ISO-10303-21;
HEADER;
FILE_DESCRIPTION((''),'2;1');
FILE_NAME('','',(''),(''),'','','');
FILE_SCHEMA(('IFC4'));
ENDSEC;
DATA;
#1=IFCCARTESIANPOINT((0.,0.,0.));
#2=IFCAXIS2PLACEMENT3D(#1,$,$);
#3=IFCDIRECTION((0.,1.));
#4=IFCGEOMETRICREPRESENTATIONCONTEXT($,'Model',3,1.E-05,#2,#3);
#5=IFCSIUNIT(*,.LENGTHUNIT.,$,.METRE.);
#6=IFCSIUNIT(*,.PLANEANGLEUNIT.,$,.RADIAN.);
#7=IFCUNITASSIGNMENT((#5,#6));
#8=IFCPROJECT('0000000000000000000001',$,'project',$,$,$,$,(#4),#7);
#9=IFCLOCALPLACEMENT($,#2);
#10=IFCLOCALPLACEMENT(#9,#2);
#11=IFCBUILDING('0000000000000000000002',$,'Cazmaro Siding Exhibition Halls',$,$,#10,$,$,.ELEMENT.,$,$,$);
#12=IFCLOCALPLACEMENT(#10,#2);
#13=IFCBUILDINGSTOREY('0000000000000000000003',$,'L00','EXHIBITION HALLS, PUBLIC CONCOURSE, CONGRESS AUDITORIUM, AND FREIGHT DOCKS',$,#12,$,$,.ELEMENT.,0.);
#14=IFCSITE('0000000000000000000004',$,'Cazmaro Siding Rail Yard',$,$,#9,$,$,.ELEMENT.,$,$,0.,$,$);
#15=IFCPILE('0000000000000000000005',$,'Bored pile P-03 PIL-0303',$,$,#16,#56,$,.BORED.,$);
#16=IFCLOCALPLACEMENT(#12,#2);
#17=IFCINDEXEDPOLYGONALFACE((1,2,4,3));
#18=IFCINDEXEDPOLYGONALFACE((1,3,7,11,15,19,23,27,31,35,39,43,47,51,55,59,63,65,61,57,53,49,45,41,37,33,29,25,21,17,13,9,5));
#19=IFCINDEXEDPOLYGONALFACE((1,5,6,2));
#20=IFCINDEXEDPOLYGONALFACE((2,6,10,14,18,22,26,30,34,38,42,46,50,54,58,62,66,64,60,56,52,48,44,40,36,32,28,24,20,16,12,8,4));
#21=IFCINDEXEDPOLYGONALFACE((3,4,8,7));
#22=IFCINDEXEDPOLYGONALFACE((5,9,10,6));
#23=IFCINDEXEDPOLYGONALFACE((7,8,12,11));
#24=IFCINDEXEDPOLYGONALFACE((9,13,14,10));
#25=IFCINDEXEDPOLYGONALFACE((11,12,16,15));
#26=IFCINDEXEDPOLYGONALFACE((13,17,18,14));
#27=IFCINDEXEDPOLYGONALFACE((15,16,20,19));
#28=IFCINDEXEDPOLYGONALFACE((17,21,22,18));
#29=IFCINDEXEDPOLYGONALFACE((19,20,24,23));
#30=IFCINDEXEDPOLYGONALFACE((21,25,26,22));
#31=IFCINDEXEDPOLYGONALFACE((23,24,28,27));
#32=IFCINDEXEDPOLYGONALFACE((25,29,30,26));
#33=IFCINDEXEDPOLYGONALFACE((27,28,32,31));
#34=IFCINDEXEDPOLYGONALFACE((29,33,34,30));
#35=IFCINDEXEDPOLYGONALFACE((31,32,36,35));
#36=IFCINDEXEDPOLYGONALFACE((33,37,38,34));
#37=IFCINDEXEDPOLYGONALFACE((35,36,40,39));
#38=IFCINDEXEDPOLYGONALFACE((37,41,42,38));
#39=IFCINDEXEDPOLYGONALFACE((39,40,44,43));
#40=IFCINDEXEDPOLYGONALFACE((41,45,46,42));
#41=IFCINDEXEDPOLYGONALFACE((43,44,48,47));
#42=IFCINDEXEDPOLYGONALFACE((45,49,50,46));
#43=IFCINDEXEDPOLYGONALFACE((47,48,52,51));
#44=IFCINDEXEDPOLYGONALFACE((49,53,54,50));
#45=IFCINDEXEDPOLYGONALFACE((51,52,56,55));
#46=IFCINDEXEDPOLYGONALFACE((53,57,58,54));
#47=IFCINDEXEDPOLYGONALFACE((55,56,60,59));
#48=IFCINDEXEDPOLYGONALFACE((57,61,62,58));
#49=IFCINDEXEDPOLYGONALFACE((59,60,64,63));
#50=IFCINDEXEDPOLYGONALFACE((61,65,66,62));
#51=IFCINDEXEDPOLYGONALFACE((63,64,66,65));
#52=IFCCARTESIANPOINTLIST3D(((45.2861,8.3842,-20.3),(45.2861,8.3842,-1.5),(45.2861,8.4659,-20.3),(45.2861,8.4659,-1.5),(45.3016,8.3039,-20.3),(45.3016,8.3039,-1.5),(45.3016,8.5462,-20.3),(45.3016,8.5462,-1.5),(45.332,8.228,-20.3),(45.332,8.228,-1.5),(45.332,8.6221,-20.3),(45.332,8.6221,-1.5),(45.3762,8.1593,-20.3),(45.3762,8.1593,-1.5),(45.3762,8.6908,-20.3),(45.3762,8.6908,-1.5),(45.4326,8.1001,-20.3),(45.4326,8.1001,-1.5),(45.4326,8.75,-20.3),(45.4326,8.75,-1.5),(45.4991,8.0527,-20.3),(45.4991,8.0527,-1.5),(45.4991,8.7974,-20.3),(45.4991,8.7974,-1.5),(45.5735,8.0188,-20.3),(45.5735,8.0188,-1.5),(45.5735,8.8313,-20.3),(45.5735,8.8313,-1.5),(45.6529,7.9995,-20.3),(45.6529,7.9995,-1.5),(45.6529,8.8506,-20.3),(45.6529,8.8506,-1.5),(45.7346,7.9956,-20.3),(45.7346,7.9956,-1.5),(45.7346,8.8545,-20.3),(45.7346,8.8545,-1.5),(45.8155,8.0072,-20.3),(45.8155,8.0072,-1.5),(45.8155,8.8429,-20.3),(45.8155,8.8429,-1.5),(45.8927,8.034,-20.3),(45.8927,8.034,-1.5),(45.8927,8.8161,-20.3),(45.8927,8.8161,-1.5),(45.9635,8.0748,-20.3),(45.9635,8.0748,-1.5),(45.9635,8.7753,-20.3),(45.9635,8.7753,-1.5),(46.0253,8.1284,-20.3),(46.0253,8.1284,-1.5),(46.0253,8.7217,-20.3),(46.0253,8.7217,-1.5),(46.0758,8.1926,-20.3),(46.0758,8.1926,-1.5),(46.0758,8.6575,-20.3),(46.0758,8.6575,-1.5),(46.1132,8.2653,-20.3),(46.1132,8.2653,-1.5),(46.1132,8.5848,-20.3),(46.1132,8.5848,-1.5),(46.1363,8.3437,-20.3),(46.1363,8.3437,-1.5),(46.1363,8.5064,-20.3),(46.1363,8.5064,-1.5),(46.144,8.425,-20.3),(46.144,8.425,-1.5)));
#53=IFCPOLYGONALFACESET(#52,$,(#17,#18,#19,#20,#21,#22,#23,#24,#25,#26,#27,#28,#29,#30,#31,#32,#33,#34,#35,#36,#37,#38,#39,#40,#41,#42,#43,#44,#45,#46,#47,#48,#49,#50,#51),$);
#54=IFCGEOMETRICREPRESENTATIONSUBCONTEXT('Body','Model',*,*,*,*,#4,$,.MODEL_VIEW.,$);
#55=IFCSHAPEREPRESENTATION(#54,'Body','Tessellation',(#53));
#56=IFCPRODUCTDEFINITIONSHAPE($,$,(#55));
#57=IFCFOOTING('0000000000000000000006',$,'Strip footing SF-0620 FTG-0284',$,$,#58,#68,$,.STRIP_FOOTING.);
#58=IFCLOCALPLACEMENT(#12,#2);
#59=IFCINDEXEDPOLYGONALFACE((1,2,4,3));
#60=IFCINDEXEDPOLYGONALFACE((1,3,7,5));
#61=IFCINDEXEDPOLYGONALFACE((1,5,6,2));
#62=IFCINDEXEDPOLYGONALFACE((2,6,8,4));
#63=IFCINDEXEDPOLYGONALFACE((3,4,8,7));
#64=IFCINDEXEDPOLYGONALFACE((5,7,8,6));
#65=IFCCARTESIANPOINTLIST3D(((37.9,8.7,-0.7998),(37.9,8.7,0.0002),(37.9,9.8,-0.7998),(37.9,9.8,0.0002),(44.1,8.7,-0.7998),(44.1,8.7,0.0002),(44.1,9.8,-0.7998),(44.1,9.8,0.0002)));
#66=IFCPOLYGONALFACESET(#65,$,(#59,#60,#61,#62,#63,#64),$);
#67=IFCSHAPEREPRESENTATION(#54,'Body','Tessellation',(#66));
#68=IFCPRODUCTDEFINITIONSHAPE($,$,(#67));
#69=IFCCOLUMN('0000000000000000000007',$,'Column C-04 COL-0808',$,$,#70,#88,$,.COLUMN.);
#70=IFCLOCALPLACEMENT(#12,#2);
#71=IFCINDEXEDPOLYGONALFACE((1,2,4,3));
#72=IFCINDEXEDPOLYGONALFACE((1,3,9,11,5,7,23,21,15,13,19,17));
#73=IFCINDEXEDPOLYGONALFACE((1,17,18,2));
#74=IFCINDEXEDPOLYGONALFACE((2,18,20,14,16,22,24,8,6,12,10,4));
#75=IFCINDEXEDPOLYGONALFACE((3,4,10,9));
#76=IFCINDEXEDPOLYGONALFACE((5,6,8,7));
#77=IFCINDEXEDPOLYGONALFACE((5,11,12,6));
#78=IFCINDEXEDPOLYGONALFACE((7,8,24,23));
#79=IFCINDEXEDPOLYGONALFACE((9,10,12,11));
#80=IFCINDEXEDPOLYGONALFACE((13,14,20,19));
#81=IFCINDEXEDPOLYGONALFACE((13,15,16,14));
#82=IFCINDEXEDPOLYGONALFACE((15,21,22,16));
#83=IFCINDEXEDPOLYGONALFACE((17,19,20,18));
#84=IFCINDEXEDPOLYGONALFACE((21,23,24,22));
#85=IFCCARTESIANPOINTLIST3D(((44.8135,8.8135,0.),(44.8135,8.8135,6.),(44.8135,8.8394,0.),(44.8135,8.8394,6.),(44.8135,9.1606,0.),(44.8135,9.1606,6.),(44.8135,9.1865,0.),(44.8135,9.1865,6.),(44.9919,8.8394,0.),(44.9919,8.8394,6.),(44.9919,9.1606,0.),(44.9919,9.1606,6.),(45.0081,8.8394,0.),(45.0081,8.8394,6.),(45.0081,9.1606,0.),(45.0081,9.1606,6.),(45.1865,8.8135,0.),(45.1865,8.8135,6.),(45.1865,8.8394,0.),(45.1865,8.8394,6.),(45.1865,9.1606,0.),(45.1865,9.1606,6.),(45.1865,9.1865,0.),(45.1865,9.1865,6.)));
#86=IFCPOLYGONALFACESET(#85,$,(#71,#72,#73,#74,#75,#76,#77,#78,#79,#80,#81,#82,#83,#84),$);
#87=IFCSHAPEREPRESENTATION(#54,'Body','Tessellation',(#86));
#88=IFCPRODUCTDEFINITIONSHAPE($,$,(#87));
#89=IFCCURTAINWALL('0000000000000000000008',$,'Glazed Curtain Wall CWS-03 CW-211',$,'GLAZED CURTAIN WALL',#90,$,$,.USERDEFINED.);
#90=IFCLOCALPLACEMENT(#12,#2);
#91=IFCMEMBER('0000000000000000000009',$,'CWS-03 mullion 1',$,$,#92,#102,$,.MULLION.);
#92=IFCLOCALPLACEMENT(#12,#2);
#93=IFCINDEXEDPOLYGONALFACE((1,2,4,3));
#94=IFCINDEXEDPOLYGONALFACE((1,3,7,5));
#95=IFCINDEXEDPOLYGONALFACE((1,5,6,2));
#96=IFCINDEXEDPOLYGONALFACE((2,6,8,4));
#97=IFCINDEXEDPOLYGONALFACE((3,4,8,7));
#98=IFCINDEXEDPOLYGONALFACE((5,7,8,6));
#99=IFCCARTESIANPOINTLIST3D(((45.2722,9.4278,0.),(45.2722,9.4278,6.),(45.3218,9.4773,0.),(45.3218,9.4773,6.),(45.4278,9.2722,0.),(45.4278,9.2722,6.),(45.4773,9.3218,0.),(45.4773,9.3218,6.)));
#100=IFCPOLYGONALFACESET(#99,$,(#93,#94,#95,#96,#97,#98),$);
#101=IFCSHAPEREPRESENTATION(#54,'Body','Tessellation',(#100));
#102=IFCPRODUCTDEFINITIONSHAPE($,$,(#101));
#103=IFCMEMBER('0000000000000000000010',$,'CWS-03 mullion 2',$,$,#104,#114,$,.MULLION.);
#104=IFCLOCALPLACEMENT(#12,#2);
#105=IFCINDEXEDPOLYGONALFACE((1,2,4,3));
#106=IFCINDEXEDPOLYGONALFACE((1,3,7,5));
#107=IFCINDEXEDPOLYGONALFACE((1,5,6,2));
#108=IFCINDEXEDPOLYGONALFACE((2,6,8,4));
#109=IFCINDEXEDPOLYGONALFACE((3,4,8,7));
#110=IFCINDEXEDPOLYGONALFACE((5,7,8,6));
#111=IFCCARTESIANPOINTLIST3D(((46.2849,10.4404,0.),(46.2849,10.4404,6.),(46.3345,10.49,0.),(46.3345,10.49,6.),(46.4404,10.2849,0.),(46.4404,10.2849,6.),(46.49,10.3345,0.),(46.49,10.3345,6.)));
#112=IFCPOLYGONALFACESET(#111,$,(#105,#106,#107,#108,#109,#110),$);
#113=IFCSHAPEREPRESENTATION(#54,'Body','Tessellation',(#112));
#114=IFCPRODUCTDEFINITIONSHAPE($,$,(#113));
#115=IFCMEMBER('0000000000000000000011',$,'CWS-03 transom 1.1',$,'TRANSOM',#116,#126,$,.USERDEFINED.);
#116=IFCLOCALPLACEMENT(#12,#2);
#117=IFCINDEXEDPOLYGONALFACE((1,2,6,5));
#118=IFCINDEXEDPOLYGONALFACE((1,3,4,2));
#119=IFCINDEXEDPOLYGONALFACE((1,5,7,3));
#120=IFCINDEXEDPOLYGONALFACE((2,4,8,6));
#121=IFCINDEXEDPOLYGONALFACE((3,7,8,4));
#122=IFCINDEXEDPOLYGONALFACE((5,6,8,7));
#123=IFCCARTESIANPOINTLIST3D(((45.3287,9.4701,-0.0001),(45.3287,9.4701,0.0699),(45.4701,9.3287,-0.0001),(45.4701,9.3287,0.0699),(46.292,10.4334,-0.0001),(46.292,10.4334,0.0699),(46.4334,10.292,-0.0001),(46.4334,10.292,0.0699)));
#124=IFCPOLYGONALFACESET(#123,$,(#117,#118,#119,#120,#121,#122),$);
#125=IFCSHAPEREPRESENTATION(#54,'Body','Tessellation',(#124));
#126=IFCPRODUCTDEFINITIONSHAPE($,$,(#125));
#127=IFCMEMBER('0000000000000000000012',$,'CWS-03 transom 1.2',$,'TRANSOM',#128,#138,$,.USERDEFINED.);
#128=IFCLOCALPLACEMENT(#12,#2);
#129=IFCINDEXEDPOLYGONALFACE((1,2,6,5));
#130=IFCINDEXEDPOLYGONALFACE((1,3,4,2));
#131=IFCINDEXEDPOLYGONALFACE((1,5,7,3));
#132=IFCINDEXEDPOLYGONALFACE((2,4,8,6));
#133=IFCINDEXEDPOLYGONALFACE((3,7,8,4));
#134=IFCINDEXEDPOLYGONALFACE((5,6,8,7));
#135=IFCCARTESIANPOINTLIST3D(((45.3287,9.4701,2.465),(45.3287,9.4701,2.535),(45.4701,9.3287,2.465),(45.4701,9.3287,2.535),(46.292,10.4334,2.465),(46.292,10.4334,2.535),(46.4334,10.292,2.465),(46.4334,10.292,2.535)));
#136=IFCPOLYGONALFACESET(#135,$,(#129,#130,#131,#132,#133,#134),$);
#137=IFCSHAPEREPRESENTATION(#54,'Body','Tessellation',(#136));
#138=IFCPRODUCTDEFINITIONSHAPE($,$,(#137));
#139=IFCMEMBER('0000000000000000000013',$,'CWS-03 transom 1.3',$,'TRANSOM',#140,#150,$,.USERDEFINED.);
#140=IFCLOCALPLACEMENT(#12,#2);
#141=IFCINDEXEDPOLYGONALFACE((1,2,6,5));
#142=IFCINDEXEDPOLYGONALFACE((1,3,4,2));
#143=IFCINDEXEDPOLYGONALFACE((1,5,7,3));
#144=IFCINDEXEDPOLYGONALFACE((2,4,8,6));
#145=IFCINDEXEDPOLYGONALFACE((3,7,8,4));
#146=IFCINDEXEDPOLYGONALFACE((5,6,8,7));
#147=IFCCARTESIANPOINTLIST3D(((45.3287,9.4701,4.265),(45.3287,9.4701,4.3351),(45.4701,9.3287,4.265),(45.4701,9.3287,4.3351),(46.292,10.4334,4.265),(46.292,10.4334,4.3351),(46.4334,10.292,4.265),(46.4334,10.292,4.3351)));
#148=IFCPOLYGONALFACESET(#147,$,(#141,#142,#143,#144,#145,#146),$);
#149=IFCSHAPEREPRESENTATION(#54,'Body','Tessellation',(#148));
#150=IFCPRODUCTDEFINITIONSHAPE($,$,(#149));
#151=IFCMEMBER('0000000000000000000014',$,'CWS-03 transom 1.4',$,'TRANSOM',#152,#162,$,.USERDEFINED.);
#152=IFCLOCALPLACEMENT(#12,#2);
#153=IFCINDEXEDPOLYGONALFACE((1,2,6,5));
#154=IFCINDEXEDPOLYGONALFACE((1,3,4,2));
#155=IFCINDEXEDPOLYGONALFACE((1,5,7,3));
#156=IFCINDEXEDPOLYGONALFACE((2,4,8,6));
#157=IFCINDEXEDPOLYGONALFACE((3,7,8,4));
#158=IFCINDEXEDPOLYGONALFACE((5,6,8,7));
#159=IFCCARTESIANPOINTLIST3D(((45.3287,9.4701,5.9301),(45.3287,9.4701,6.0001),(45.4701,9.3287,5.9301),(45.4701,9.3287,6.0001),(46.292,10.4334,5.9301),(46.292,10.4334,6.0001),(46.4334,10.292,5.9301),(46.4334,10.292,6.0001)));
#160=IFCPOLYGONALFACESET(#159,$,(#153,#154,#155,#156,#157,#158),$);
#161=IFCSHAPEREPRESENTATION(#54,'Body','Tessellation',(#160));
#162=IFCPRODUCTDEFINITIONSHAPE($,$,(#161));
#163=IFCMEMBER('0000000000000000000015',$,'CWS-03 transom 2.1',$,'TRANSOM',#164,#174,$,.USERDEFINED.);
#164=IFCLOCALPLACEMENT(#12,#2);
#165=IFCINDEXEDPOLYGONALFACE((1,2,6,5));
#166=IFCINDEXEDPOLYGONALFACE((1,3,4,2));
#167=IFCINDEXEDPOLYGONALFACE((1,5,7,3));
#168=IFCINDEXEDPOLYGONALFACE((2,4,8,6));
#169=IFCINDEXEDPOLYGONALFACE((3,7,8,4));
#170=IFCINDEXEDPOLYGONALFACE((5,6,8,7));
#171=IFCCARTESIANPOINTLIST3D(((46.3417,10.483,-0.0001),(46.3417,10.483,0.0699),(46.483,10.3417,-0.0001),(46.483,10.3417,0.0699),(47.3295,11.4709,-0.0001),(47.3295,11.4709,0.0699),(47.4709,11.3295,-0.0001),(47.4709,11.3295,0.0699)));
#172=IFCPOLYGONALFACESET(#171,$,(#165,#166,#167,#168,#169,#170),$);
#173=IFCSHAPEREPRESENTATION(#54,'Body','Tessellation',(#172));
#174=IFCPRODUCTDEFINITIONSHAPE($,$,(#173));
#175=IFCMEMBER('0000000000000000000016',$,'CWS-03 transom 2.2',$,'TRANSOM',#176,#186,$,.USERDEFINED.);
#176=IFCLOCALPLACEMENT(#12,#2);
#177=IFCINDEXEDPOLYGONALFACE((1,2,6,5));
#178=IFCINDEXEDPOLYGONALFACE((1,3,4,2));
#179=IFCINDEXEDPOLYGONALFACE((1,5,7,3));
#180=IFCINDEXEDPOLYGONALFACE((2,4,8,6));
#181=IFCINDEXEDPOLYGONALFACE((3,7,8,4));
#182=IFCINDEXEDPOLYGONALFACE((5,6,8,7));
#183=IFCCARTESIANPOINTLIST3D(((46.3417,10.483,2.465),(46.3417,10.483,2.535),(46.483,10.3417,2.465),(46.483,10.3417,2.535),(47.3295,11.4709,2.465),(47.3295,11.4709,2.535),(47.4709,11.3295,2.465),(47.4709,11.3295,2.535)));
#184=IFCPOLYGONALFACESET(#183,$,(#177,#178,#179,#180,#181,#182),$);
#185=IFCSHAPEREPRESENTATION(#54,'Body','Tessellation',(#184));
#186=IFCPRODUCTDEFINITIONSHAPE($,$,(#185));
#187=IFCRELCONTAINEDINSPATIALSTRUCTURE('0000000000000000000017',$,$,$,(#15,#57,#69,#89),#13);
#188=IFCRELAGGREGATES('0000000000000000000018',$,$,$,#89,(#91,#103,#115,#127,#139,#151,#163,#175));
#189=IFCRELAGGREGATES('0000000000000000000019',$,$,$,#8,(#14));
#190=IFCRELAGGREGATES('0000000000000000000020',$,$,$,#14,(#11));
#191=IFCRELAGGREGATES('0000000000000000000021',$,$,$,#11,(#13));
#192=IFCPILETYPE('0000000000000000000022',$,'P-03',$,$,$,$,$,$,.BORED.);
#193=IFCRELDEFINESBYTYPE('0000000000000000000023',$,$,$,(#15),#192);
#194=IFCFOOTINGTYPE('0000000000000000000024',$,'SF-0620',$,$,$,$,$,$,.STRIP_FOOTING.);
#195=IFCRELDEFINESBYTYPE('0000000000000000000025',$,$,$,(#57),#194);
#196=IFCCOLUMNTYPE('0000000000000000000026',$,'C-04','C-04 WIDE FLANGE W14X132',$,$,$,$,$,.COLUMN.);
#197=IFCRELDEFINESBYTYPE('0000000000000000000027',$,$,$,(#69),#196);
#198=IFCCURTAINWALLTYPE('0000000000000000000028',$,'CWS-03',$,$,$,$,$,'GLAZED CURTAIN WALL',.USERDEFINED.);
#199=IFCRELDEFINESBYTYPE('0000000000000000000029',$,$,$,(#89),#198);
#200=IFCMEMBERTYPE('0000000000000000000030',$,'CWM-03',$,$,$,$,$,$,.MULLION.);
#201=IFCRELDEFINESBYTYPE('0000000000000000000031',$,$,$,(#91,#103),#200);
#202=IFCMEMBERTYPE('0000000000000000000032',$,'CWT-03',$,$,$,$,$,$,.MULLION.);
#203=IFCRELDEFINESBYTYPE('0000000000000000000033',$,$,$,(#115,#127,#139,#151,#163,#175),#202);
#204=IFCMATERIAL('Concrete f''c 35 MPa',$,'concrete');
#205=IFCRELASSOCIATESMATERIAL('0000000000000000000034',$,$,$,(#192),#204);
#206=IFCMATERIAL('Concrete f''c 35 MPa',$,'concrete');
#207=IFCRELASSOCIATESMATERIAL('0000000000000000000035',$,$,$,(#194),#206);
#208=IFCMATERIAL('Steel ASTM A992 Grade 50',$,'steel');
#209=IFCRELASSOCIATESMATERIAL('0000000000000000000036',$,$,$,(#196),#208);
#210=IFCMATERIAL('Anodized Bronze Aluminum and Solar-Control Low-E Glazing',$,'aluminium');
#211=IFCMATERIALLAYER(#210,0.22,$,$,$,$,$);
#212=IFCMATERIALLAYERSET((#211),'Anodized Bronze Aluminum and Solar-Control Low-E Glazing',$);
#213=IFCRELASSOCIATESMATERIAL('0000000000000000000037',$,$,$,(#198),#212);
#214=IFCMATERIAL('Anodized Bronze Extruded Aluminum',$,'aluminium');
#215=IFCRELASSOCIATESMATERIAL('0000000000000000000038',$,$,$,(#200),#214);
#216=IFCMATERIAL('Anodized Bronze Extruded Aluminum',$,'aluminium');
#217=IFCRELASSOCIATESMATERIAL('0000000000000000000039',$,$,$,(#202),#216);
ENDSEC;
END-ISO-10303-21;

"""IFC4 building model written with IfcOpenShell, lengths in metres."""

from ifc_helpers import new_model, si_unit, direction, frame, origin, origin_2d, place, context, subcontext, project, spatial, rectangle, circle, i_section, extrude, material, layer, layer_set, material_profile, profile_set, type_object, element, aggregate, save


model = new_model("IFC4")

# Units and contexts
model_context = context("Model", 3, precision=1e-05, world=origin(), true_north=direction((0.0, 1.0)))
body_context = subcontext(model_context, "Body", "Model", "MODEL_VIEW")
ifc_project = project(units=[si_unit("LENGTHUNIT", "METRE"), si_unit("PLANEANGLEUNIT", "RADIAN")], contexts=[model_context])

# Site, building, storey
site_placement = place(None, origin())
site = spatial("IfcSite", under=ifc_project, at=site_placement, Name="Cazmaro Siding Rail Yard", CompositionType="ELEMENT", RefElevation=0.0)
building_placement = place(site_placement, origin())
building = spatial("IfcBuilding", under=site, at=building_placement, Name="Cazmaro Siding Exhibition Halls", CompositionType="ELEMENT")
storey_placement = place(building_placement, origin())
storey = spatial("IfcBuildingStorey", under=building, at=storey_placement, Name="L00", Description="EXHIBITION HALLS, PUBLIC CONCOURSE, CONGRESS AUDITORIUM, AND FREIGHT DOCKS", CompositionType="ELEMENT", Elevation=0.0)

# Pile
ifc_material_1 = material(Name="Concrete f'c 35 MPa", Category="concrete")
ifc_material_profile_1 = material_profile(ifc_material_1, circle(Radius=0.4299, at=origin_2d()), Name="CIDH-860")
ifc_profile_set_1 = profile_set([ifc_material_profile_1], Name="Concrete f'c 35 MPa")
pile_type = type_object("IfcPileType", Name="P-03", PredefinedType="BORED", material=ifc_profile_set_1)
pile_placement = place(storey_placement, frame((45.7141, 8.425, -1.5), z_axis=(0.0, 0.0, -1.0), x_axis=(1.0, 0.0, 0.0)))
element("IfcPile", 1, at=pile_placement, inside=storey, type_object=pile_type, Name="Bored pile P-03 PIL-0303", PredefinedType="BORED", context=body_context, shape_type="SweptSolid", body=[
    extrude(circle(Radius=0.4299, at=origin_2d()), origin(), (0.0, 0.0, 1.0), 18.8),
])

# Footing
ifc_material_2 = material(Name="Concrete f'c 35 MPa", Category="concrete")
footing_type = type_object("IfcFootingType", Name="SF-0620", PredefinedType="STRIP_FOOTING", material=ifc_material_2)
footing_placement = place(storey_placement, frame((41.0, 9.25, -0.7998), z_axis=(0.0, 0.0, 1.0), x_axis=(1.0, 0.0, 0.0)))
element("IfcFooting", 2, at=footing_placement, inside=storey, type_object=footing_type, Name="Strip footing SF-0620 FTG-0284", PredefinedType="STRIP_FOOTING", context=body_context, shape_type="SweptSolid", body=[
    extrude(rectangle(XDim=6.2, YDim=1.1001, at=origin_2d()), origin(), (0.0, 0.0, 1.0), 0.8),
])

# Column
ifc_material_3 = material(Name="Steel ASTM A992 Grade 50", Category="steel")
ifc_material_profile_2 = material_profile(ifc_material_3, i_section(OverallWidth=0.373, OverallDepth=0.373, WebThickness=0.0161, FlangeThickness=0.0259, at=origin_2d()), Name="W14X132")
ifc_profile_set_2 = profile_set([ifc_material_profile_2], Name="Steel ASTM A992 Grade 50")
column_type = type_object("IfcColumnType", Name="C-04", Description="C-04 WIDE FLANGE W14X132", PredefinedType="COLUMN", material=ifc_profile_set_2)
column_placement = place(storey_placement, frame((45.0, 9.0, 0.0), z_axis=(0.0, 0.0, 1.0), x_axis=(1.0, 0.0, 0.0)))
element("IfcColumn", 3, at=column_placement, inside=storey, type_object=column_type, Name="Column C-04 COL-0808", PredefinedType="COLUMN", context=body_context, shape_type="SweptSolid", body=[
    extrude(i_section(OverallWidth=0.373, OverallDepth=0.373, WebThickness=0.0161, FlangeThickness=0.0259, at=origin_2d()), origin(), (0.0, 0.0, 1.0), 6.0),
])

# Curtain wall, members
ifc_material_4 = material(Name="Anodized Bronze Aluminum and Solar-Control Low-E Glazing", Category="aluminium")
ifc_layer_1 = layer(ifc_material_4, 0.22)
ifc_layer_set_1 = layer_set([ifc_layer_1], Name="Anodized Bronze Aluminum and Solar-Control Low-E Glazing")
curtain_wall_type = type_object("IfcCurtainWallType", Name="CWS-03", ElementType="GLAZED CURTAIN WALL", PredefinedType="USERDEFINED", material=ifc_layer_set_1)
curtain_wall_placement = place(storey_placement, origin())
curtain_wall = element("IfcCurtainWall", 4, at=curtain_wall_placement, inside=storey, type_object=curtain_wall_type, Name="Glazed Curtain Wall CWS-03 CW-211", ObjectType="GLAZED CURTAIN WALL", PredefinedType="USERDEFINED")
ifc_material_5 = material(Name="Anodized Bronze Extruded Aluminum", Category="aluminium")
ifc_material_profile_3 = material_profile(ifc_material_5, rectangle(XDim=0.22, YDim=0.0701, at=origin_2d()), Name="CWM-03")
ifc_profile_set_3 = profile_set([ifc_material_profile_3], Name="Anodized Bronze Extruded Aluminum")
member_type_1 = type_object("IfcMemberType", Name="CWM-03", PredefinedType="MULLION", material=ifc_profile_set_3)
member_1_placement = place(storey_placement, frame((45.3748, 9.3748, 0.0), z_axis=(0.0, 0.0, 1.0), x_axis=(-0.707107, 0.707107, 0.0)))
member_1 = element("IfcMember", 5, at=member_1_placement, type_object=member_type_1, Name="CWS-03 mullion 1", PredefinedType="MULLION", context=body_context, shape_type="SweptSolid", body=[
    extrude(rectangle(XDim=0.22, YDim=0.0701, at=origin_2d()), origin(), (0.0, 0.0, 1.0), 6.0),
])
member_2_placement = place(storey_placement, frame((46.3875, 10.3875, 0.0), z_axis=(0.0, 0.0, 1.0), x_axis=(-0.707107, 0.707107, 0.0)))
member_2 = element("IfcMember", 6, at=member_2_placement, type_object=member_type_1, Name="CWS-03 mullion 2", PredefinedType="MULLION", context=body_context, shape_type="SweptSolid", body=[
    extrude(rectangle(XDim=0.22, YDim=0.0701, at=origin_2d()), origin(), (0.0, 0.0, 1.0), 6.0),
])
ifc_material_6 = material(Name="Anodized Bronze Extruded Aluminum", Category="aluminium")
ifc_material_profile_4 = material_profile(ifc_material_6, rectangle(XDim=0.2, YDim=0.0701, at=origin_2d()), Name="CWT-03")
ifc_profile_set_4 = profile_set([ifc_material_profile_4], Name="Anodized Bronze Extruded Aluminum")
member_type_2 = type_object("IfcMemberType", Name="CWT-03", PredefinedType="MULLION", material=ifc_profile_set_4)
member_3_placement = place(storey_placement, frame((45.3994, 9.3994, 0.0349), z_axis=(0.707107, 0.707107, 0.0), x_axis=(-0.707107, 0.707107, 0.0)))
member_3 = element("IfcMember", 7, at=member_3_placement, type_object=member_type_2, Name="CWS-03 transom 1.1", ObjectType="TRANSOM", PredefinedType="USERDEFINED", context=body_context, shape_type="SweptSolid", body=[
    extrude(rectangle(XDim=0.2, YDim=0.0701, at=origin_2d()), origin(), (0.0, 0.0, 1.0), 1.3623),
])
member_4_placement = place(storey_placement, frame((45.3994, 9.3994, 2.5), z_axis=(0.707107, 0.707107, 0.0), x_axis=(-0.707107, 0.707107, 0.0)))
member_4 = element("IfcMember", 8, at=member_4_placement, type_object=member_type_2, Name="CWS-03 transom 1.2", ObjectType="TRANSOM", PredefinedType="USERDEFINED", context=body_context, shape_type="SweptSolid", body=[
    extrude(rectangle(XDim=0.2, YDim=0.0701, at=origin_2d()), origin(), (0.0, 0.0, 1.0), 1.3623),
])
member_5_placement = place(storey_placement, frame((45.3994, 9.3994, 4.3), z_axis=(0.707107, 0.707107, 0.0), x_axis=(-0.707107, 0.707107, 0.0)))
member_5 = element("IfcMember", 9, at=member_5_placement, type_object=member_type_2, Name="CWS-03 transom 1.3", ObjectType="TRANSOM", PredefinedType="USERDEFINED", context=body_context, shape_type="SweptSolid", body=[
    extrude(rectangle(XDim=0.2, YDim=0.0701, at=origin_2d()), origin(), (0.0, 0.0, 1.0), 1.3623),
])
member_6_placement = place(storey_placement, frame((45.3994, 9.3994, 5.9651), z_axis=(0.707107, 0.707107, 0.0), x_axis=(-0.707107, 0.707107, 0.0)))
member_6 = element("IfcMember", 10, at=member_6_placement, type_object=member_type_2, Name="CWS-03 transom 1.4", ObjectType="TRANSOM", PredefinedType="USERDEFINED", context=body_context, shape_type="SweptSolid", body=[
    extrude(rectangle(XDim=0.2, YDim=0.0701, at=origin_2d()), origin(), (0.0, 0.0, 1.0), 1.3623),
])
member_7_placement = place(storey_placement, frame((46.4124, 10.4124, 0.0349), z_axis=(0.707107, 0.707107, 0.0), x_axis=(-0.707107, 0.707107, 0.0)))
member_7 = element("IfcMember", 11, at=member_7_placement, type_object=member_type_2, Name="CWS-03 transom 2.1", ObjectType="TRANSOM", PredefinedType="USERDEFINED", context=body_context, shape_type="SweptSolid", body=[
    extrude(rectangle(XDim=0.2, YDim=0.0701, at=origin_2d()), origin(), (0.0, 0.0, 1.0), 1.397),
])
member_8_placement = place(storey_placement, frame((46.4124, 10.4124, 2.5), z_axis=(0.707107, 0.707107, 0.0), x_axis=(-0.707107, 0.707107, 0.0)))
member_8 = element("IfcMember", 12, at=member_8_placement, type_object=member_type_2, Name="CWS-03 transom 2.2", ObjectType="TRANSOM", PredefinedType="USERDEFINED", context=body_context, shape_type="SweptSolid", body=[
    extrude(rectangle(XDim=0.2, YDim=0.0701, at=origin_2d()), origin(), (0.0, 0.0, 1.0), 1.397),
])
aggregate(curtain_wall, [member_1, member_2, member_3, member_4, member_5, member_6, member_7, member_8])

save(model, "model.ifc")
